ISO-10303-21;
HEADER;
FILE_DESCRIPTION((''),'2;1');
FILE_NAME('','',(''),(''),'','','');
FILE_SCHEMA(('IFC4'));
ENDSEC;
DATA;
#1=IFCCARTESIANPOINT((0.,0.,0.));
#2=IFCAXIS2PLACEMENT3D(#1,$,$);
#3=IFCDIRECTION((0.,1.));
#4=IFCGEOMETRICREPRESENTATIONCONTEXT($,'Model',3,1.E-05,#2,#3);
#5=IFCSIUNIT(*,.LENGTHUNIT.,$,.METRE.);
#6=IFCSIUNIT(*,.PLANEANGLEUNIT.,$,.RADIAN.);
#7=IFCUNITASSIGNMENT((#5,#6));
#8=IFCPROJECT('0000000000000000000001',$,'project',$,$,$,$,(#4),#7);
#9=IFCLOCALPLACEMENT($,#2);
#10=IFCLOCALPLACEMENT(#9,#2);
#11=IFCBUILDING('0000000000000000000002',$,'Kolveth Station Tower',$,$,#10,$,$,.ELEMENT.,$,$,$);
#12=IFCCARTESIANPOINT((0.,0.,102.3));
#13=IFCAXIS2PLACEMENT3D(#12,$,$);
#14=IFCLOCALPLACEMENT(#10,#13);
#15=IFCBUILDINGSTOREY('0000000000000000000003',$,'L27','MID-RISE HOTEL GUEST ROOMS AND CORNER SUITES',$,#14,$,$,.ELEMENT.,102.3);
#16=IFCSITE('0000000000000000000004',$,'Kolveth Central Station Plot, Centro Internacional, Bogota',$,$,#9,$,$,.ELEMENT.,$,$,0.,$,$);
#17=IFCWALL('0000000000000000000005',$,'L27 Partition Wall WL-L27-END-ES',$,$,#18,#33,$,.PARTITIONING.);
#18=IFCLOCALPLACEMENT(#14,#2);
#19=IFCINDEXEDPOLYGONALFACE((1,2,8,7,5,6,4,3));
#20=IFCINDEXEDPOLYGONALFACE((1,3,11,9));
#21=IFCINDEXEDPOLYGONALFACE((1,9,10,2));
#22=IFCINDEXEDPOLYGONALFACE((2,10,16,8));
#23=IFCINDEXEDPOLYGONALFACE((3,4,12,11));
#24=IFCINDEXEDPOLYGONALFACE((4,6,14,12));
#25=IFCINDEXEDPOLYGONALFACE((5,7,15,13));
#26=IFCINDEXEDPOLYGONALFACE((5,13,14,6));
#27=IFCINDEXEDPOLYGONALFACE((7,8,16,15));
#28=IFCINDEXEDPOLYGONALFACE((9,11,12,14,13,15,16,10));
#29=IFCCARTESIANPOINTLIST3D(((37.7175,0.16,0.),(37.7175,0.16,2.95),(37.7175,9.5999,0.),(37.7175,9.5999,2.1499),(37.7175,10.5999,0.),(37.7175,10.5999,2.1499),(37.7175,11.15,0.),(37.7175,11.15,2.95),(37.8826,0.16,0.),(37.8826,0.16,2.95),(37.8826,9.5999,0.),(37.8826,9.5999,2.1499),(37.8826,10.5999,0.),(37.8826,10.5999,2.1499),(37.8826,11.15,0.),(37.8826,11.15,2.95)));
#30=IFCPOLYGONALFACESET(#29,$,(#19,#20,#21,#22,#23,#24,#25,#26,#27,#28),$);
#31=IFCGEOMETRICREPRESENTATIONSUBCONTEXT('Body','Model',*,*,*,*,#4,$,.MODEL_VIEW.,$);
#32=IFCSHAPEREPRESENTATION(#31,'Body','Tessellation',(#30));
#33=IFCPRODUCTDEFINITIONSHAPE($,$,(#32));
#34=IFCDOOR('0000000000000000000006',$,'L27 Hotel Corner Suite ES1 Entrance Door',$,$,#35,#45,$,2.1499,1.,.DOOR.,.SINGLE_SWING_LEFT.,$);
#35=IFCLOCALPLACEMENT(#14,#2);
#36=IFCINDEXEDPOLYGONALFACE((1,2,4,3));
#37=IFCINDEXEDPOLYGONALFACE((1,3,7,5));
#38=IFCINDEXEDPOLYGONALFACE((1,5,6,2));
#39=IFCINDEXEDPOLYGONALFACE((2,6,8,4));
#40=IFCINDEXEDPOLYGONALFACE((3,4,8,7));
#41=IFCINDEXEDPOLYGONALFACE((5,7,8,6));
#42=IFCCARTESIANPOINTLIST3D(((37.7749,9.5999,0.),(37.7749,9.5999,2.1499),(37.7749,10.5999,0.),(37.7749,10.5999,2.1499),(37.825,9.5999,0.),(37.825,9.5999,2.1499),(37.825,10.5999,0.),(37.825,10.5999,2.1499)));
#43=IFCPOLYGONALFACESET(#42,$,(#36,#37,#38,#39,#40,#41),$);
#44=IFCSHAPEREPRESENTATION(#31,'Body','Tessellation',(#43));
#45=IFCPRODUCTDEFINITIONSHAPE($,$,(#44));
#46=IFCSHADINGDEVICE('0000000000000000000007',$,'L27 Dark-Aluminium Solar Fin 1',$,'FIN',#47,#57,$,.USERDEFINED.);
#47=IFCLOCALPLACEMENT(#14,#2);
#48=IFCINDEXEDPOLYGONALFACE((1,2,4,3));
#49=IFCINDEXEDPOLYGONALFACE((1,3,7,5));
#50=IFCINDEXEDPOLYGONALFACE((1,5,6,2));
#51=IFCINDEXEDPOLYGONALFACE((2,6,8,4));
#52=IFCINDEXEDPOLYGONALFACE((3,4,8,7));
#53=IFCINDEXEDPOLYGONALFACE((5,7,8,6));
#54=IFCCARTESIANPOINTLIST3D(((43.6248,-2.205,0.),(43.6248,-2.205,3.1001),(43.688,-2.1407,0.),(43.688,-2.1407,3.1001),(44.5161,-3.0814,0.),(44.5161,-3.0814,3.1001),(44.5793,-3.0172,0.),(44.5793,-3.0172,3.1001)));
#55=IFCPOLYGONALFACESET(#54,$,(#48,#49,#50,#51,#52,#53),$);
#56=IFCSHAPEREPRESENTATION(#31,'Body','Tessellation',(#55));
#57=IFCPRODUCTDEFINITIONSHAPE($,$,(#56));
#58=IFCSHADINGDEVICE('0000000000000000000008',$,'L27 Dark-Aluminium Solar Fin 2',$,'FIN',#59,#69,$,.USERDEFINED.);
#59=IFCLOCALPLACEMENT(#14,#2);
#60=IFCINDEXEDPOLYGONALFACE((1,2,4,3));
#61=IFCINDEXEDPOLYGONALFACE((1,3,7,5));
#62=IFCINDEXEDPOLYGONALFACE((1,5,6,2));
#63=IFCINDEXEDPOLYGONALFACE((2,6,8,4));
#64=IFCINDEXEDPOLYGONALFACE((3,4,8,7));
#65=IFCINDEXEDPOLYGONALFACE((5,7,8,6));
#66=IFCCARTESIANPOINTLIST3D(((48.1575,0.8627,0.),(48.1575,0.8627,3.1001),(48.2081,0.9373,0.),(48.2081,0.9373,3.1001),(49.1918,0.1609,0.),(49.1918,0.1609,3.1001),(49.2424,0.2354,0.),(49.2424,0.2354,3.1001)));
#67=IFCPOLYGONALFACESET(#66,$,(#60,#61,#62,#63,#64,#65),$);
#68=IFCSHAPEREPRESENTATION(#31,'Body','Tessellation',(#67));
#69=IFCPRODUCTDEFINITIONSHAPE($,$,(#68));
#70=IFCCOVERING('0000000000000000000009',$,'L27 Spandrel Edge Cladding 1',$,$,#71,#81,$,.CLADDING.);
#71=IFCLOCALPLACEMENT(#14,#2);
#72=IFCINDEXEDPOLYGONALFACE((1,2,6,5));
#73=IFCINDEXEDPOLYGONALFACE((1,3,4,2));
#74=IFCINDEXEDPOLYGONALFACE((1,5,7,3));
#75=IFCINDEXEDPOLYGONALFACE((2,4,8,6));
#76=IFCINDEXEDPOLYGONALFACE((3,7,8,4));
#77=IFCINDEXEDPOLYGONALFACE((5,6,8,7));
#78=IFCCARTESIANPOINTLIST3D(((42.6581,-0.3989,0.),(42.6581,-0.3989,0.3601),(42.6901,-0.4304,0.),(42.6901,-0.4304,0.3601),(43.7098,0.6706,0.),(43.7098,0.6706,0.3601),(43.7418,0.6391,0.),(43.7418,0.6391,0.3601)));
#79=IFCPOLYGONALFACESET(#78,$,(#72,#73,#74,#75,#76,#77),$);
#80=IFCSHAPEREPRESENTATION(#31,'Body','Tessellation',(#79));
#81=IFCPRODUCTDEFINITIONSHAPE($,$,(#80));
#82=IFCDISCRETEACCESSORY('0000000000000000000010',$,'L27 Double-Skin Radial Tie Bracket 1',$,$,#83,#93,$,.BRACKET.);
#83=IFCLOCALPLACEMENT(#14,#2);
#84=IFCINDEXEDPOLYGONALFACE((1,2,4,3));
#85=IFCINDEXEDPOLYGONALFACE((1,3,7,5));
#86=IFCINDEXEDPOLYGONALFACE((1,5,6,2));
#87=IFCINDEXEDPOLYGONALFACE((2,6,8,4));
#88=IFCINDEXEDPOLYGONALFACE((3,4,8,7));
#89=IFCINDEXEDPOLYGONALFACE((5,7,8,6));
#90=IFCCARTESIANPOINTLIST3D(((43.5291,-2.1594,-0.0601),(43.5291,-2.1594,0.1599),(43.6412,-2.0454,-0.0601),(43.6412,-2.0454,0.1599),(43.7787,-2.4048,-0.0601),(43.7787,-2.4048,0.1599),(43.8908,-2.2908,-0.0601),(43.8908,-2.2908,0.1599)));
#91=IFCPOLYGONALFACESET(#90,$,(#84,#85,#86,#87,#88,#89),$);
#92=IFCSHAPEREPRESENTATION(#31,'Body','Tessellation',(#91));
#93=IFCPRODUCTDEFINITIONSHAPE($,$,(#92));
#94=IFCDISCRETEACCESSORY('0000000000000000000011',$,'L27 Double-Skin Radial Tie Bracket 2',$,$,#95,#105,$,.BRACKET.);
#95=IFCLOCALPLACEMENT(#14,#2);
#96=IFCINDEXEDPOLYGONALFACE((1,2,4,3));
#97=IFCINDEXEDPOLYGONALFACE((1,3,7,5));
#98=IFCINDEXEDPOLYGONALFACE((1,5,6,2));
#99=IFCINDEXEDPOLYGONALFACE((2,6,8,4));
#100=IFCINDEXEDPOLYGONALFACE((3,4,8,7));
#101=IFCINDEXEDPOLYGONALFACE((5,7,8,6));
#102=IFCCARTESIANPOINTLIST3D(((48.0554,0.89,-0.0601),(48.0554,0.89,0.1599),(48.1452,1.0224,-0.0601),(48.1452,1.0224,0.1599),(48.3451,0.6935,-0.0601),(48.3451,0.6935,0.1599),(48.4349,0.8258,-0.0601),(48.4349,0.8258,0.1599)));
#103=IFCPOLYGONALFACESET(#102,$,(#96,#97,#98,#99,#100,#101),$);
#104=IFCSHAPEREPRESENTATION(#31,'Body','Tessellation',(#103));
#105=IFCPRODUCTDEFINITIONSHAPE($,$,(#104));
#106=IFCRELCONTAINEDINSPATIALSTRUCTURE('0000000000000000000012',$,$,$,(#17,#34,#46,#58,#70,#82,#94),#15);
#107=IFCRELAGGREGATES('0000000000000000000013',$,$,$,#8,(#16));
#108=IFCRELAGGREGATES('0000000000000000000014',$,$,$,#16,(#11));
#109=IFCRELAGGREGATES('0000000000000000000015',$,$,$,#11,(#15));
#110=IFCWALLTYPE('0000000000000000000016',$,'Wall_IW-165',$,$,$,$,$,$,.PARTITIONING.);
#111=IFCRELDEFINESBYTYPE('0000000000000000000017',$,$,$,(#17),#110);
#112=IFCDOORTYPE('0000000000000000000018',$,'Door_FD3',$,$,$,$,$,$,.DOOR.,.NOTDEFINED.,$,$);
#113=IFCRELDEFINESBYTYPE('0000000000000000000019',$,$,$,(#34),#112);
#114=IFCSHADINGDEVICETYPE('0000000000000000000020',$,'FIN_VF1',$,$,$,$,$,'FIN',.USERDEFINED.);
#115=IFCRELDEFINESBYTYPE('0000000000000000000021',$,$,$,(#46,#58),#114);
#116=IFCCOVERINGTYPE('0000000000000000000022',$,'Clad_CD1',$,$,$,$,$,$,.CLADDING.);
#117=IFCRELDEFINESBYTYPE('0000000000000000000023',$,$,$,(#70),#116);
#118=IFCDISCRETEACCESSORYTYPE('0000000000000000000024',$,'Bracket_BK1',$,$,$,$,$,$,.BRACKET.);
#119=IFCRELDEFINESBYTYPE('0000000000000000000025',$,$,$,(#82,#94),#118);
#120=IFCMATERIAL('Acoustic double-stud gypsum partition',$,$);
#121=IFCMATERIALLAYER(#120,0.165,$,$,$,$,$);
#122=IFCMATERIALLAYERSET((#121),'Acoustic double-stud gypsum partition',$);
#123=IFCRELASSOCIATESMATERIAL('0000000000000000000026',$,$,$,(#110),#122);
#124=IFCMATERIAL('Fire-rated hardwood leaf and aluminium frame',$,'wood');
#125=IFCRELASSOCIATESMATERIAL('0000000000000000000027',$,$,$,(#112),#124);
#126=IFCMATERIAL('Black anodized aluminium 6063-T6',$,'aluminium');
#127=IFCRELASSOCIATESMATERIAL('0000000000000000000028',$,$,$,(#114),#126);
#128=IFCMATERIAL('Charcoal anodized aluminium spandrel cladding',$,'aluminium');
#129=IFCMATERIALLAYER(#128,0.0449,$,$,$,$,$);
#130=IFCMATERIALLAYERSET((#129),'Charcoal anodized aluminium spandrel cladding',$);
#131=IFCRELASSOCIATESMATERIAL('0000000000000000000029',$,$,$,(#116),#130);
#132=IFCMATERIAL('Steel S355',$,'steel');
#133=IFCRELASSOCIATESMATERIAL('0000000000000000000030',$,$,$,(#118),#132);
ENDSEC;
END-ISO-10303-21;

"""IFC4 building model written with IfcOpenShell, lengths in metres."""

from ifc_helpers import new_model, si_unit, direction, frame, frame_2d, origin, origin_2d, place, context, subcontext, project, spatial, rectangle, extrude, source, transform, mapped, material, layer, layer_set, type_object, element, fill, save


model = new_model("IFC4")

# Units and contexts
model_context = context("Model", 3, precision=1e-05, world=origin(), true_north=direction((0.0, 1.0)))
body_context = subcontext(model_context, "Body", "Model", "MODEL_VIEW")
ifc_project = project(units=[si_unit("LENGTHUNIT", "METRE"), si_unit("PLANEANGLEUNIT", "RADIAN")], contexts=[model_context])

# Site, building, storey
site_placement = place(None, origin())
site = spatial("IfcSite", under=ifc_project, at=site_placement, Name="Kolveth Central Station Plot, Centro Internacional, Bogota", CompositionType="ELEMENT", RefElevation=0.0)
building_placement = place(site_placement, origin())
building = spatial("IfcBuilding", under=site, at=building_placement, Name="Kolveth Station Tower", CompositionType="ELEMENT")
storey_placement = place(building_placement, frame((0.0, 0.0, 102.3)))
storey = spatial("IfcBuildingStorey", under=building, at=storey_placement, Name="L27", Description="MID-RISE HOTEL GUEST ROOMS AND CORNER SUITES", CompositionType="ELEMENT", Elevation=102.3)

# Shared definitions
ifc_material_1 = material(Name="Steel S355", Category="steel")

# Shared definitions
ifc_material_2 = material(Name="Black anodized aluminium 6063-T6", Category="aluminium")

# Wall, opening, door
ifc_material_3 = material(Name="Acoustic double-stud gypsum partition")
ifc_layer_1 = layer(ifc_material_3, 0.165)
ifc_layer_set_1 = layer_set([ifc_layer_1], Name="Acoustic double-stud gypsum partition")
wall_type = type_object("IfcWallType", Name="Wall_IW-165", PredefinedType="PARTITIONING", material=ifc_layer_set_1)
wall_placement = place(storey_placement, frame((37.8, 0.1599, 0.0), z_axis=(0.0, 0.0, 1.0), x_axis=(0.0, 1.0, 0.0)))
wall = element("IfcWall", 1, at=wall_placement, inside=storey, type_object=wall_type, Name="L27 Partition Wall WL-L27-END-ES", PredefinedType="PARTITIONING", context=body_context, shape_type="SweptSolid", body=[
    extrude(rectangle(XDim=10.99, YDim=0.165, at=frame_2d((5.4951, 0.0))), origin(), (0.0, 0.0, 1.0), 2.95),
])
opening_placement = place(wall_placement, frame((9.4399, 0.0, 0.0)))
opening = element("IfcOpeningElement", 2, at=opening_placement, cuts=wall, PredefinedType="OPENING", context=body_context, shape_type="SweptSolid", body=[
    extrude(rectangle(XDim=1.0, YDim=2.1499, at=frame_2d((0.5, 1.075))), frame((0.0, 0.0925, 0.0), z_axis=(0.0, -1.0, 0.0), x_axis=(1.0, 0.0, 0.0)), (0.0, 0.0, 1.0), 0.1851),
])
ifc_material_4 = material(Name="Fire-rated hardwood leaf and aluminium frame", Category="wood")
door_type = type_object("IfcDoorType", Name="Door_FD3", OperationType="NOTDEFINED", PredefinedType="DOOR", material=ifc_material_4)
door_placement = place(opening_placement, frame((1.0, 0.0, 0.0), z_axis=(0.0, 0.0, 1.0), x_axis=(-1.0, 0.0, 0.0)))
door = element("IfcDoor", 3, at=door_placement, inside=storey, type_object=door_type, Name="L27 Hotel Corner Suite ES1 Entrance Door", OperationType="SINGLE_SWING_LEFT", OverallHeight=2.1499, OverallWidth=1.0, PredefinedType="DOOR", context=body_context, shape_type="SweptSolid", body=[
    extrude(rectangle(XDim=1.0, YDim=2.1499, at=frame_2d((0.5, 1.075))), frame((0.0, 0.0249, 0.0), z_axis=(0.0, -1.0, 0.0), x_axis=(1.0, 0.0, 0.0)), (0.0, 0.0, 1.0), 0.05),
])
fill(opening, door)

# Shading devices
shading_device_type = type_object("IfcShadingDeviceType", Name="FIN_VF1", ElementType="FIN", PredefinedType="USERDEFINED", material=ifc_material_2)
shared_shape_1 = source(origin(), body_context, "Body", "SweptSolid", [
    extrude(rectangle(XDim=1.25, YDim=0.0901, at=origin_2d()), origin(), (0.0, 0.0, 1.0), 3.1001),
])
for number, where, z_axis, x_axis, name in (
    (4, (44.1021, -2.6111, 0.0), (0.0, 0.0, 1.0), (0.713006, -0.701158, 0.0), "L27 Dark-Aluminium Solar Fin 1"),
    (5, (48.7, 0.5491, 0.0), (0.0, 0.0, 1.0), (0.827473, -0.561506, 0.0), "L27 Dark-Aluminium Solar Fin 2"),
):
    element("IfcShadingDevice", number, at=place(storey_placement, frame(where, z_axis=z_axis, x_axis=x_axis)), inside=storey, type_object=shading_device_type, Name=name, ObjectType="FIN", PredefinedType="USERDEFINED", context=body_context, shape_type="MappedRepresentation", body=[
        mapped(shared_shape_1, transform((0.0, 0.0, 0.0), x_axis=(1.0, 0.0, 0.0), y_axis=(0.0, 1.0, 0.0), z_axis=(0.0, 0.0, 1.0), scale=1.0)),
    ])

# Covering
ifc_material_5 = material(Name="Charcoal anodized aluminium spandrel cladding", Category="aluminium")
ifc_layer_2 = layer(ifc_material_5, 0.0449)
ifc_layer_set_2 = layer_set([ifc_layer_2], Name="Charcoal anodized aluminium spandrel cladding")
covering_type = type_object("IfcCoveringType", Name="Clad_CD1", PredefinedType="CLADDING", material=ifc_layer_set_2)
shared_shape_2 = source(origin(), body_context, "Body", "SweptSolid", [
    extrude(rectangle(XDim=1.5, YDim=0.0449, at=origin_2d()), origin(), (0.0, 0.0, 1.0), 0.3601),
])
covering_placement = place(storey_placement, frame((43.2, 0.1201, 0.0), z_axis=(0.0, 0.0, 1.0), x_axis=(0.701158, 0.713006, 0.0)))
element("IfcCovering", 6, at=covering_placement, inside=storey, type_object=covering_type, Name="L27 Spandrel Edge Cladding 1", PredefinedType="CLADDING", context=body_context, shape_type="MappedRepresentation", body=[
    mapped(shared_shape_2, transform((0.0, 0.0, 0.0), x_axis=(1.0, 0.0, 0.0), y_axis=(0.0, 1.0, 0.0), z_axis=(0.0, 0.0, 1.0), scale=1.0)),
])

# Discrete accessories
discrete_accessory_type = type_object("IfcDiscreteAccessoryType", Name="Bracket_BK1", PredefinedType="BRACKET", material=ifc_material_1)
shared_shape_3 = source(origin(), body_context, "Body", "SweptSolid", [
    extrude(rectangle(XDim=0.3501, YDim=0.1599, at=origin_2d()), origin(), (0.0, 0.0, 1.0), 0.22),
])
for number, where, z_axis, x_axis, name in (
    (7, (43.71, -2.2251, -0.0601), (0.0, 0.0, 1.0), (0.713006, -0.701158, 0.0), "L27 Double-Skin Radial Tie Bracket 1"),
    (8, (48.2451, 0.8579, -0.0601), (0.0, 0.0, 1.0), (0.827473, -0.561506, 0.0), "L27 Double-Skin Radial Tie Bracket 2"),
):
    element("IfcDiscreteAccessory", number, at=place(storey_placement, frame(where, z_axis=z_axis, x_axis=x_axis)), inside=storey, type_object=discrete_accessory_type, Name=name, PredefinedType="BRACKET", context=body_context, shape_type="MappedRepresentation", body=[
        mapped(shared_shape_3, transform((0.0, 0.0, 0.0), x_axis=(1.0, 0.0, 0.0), y_axis=(0.0, 1.0, 0.0), z_axis=(0.0, 0.0, 1.0), scale=1.0)),
    ])

save(model, "model.ifc")
